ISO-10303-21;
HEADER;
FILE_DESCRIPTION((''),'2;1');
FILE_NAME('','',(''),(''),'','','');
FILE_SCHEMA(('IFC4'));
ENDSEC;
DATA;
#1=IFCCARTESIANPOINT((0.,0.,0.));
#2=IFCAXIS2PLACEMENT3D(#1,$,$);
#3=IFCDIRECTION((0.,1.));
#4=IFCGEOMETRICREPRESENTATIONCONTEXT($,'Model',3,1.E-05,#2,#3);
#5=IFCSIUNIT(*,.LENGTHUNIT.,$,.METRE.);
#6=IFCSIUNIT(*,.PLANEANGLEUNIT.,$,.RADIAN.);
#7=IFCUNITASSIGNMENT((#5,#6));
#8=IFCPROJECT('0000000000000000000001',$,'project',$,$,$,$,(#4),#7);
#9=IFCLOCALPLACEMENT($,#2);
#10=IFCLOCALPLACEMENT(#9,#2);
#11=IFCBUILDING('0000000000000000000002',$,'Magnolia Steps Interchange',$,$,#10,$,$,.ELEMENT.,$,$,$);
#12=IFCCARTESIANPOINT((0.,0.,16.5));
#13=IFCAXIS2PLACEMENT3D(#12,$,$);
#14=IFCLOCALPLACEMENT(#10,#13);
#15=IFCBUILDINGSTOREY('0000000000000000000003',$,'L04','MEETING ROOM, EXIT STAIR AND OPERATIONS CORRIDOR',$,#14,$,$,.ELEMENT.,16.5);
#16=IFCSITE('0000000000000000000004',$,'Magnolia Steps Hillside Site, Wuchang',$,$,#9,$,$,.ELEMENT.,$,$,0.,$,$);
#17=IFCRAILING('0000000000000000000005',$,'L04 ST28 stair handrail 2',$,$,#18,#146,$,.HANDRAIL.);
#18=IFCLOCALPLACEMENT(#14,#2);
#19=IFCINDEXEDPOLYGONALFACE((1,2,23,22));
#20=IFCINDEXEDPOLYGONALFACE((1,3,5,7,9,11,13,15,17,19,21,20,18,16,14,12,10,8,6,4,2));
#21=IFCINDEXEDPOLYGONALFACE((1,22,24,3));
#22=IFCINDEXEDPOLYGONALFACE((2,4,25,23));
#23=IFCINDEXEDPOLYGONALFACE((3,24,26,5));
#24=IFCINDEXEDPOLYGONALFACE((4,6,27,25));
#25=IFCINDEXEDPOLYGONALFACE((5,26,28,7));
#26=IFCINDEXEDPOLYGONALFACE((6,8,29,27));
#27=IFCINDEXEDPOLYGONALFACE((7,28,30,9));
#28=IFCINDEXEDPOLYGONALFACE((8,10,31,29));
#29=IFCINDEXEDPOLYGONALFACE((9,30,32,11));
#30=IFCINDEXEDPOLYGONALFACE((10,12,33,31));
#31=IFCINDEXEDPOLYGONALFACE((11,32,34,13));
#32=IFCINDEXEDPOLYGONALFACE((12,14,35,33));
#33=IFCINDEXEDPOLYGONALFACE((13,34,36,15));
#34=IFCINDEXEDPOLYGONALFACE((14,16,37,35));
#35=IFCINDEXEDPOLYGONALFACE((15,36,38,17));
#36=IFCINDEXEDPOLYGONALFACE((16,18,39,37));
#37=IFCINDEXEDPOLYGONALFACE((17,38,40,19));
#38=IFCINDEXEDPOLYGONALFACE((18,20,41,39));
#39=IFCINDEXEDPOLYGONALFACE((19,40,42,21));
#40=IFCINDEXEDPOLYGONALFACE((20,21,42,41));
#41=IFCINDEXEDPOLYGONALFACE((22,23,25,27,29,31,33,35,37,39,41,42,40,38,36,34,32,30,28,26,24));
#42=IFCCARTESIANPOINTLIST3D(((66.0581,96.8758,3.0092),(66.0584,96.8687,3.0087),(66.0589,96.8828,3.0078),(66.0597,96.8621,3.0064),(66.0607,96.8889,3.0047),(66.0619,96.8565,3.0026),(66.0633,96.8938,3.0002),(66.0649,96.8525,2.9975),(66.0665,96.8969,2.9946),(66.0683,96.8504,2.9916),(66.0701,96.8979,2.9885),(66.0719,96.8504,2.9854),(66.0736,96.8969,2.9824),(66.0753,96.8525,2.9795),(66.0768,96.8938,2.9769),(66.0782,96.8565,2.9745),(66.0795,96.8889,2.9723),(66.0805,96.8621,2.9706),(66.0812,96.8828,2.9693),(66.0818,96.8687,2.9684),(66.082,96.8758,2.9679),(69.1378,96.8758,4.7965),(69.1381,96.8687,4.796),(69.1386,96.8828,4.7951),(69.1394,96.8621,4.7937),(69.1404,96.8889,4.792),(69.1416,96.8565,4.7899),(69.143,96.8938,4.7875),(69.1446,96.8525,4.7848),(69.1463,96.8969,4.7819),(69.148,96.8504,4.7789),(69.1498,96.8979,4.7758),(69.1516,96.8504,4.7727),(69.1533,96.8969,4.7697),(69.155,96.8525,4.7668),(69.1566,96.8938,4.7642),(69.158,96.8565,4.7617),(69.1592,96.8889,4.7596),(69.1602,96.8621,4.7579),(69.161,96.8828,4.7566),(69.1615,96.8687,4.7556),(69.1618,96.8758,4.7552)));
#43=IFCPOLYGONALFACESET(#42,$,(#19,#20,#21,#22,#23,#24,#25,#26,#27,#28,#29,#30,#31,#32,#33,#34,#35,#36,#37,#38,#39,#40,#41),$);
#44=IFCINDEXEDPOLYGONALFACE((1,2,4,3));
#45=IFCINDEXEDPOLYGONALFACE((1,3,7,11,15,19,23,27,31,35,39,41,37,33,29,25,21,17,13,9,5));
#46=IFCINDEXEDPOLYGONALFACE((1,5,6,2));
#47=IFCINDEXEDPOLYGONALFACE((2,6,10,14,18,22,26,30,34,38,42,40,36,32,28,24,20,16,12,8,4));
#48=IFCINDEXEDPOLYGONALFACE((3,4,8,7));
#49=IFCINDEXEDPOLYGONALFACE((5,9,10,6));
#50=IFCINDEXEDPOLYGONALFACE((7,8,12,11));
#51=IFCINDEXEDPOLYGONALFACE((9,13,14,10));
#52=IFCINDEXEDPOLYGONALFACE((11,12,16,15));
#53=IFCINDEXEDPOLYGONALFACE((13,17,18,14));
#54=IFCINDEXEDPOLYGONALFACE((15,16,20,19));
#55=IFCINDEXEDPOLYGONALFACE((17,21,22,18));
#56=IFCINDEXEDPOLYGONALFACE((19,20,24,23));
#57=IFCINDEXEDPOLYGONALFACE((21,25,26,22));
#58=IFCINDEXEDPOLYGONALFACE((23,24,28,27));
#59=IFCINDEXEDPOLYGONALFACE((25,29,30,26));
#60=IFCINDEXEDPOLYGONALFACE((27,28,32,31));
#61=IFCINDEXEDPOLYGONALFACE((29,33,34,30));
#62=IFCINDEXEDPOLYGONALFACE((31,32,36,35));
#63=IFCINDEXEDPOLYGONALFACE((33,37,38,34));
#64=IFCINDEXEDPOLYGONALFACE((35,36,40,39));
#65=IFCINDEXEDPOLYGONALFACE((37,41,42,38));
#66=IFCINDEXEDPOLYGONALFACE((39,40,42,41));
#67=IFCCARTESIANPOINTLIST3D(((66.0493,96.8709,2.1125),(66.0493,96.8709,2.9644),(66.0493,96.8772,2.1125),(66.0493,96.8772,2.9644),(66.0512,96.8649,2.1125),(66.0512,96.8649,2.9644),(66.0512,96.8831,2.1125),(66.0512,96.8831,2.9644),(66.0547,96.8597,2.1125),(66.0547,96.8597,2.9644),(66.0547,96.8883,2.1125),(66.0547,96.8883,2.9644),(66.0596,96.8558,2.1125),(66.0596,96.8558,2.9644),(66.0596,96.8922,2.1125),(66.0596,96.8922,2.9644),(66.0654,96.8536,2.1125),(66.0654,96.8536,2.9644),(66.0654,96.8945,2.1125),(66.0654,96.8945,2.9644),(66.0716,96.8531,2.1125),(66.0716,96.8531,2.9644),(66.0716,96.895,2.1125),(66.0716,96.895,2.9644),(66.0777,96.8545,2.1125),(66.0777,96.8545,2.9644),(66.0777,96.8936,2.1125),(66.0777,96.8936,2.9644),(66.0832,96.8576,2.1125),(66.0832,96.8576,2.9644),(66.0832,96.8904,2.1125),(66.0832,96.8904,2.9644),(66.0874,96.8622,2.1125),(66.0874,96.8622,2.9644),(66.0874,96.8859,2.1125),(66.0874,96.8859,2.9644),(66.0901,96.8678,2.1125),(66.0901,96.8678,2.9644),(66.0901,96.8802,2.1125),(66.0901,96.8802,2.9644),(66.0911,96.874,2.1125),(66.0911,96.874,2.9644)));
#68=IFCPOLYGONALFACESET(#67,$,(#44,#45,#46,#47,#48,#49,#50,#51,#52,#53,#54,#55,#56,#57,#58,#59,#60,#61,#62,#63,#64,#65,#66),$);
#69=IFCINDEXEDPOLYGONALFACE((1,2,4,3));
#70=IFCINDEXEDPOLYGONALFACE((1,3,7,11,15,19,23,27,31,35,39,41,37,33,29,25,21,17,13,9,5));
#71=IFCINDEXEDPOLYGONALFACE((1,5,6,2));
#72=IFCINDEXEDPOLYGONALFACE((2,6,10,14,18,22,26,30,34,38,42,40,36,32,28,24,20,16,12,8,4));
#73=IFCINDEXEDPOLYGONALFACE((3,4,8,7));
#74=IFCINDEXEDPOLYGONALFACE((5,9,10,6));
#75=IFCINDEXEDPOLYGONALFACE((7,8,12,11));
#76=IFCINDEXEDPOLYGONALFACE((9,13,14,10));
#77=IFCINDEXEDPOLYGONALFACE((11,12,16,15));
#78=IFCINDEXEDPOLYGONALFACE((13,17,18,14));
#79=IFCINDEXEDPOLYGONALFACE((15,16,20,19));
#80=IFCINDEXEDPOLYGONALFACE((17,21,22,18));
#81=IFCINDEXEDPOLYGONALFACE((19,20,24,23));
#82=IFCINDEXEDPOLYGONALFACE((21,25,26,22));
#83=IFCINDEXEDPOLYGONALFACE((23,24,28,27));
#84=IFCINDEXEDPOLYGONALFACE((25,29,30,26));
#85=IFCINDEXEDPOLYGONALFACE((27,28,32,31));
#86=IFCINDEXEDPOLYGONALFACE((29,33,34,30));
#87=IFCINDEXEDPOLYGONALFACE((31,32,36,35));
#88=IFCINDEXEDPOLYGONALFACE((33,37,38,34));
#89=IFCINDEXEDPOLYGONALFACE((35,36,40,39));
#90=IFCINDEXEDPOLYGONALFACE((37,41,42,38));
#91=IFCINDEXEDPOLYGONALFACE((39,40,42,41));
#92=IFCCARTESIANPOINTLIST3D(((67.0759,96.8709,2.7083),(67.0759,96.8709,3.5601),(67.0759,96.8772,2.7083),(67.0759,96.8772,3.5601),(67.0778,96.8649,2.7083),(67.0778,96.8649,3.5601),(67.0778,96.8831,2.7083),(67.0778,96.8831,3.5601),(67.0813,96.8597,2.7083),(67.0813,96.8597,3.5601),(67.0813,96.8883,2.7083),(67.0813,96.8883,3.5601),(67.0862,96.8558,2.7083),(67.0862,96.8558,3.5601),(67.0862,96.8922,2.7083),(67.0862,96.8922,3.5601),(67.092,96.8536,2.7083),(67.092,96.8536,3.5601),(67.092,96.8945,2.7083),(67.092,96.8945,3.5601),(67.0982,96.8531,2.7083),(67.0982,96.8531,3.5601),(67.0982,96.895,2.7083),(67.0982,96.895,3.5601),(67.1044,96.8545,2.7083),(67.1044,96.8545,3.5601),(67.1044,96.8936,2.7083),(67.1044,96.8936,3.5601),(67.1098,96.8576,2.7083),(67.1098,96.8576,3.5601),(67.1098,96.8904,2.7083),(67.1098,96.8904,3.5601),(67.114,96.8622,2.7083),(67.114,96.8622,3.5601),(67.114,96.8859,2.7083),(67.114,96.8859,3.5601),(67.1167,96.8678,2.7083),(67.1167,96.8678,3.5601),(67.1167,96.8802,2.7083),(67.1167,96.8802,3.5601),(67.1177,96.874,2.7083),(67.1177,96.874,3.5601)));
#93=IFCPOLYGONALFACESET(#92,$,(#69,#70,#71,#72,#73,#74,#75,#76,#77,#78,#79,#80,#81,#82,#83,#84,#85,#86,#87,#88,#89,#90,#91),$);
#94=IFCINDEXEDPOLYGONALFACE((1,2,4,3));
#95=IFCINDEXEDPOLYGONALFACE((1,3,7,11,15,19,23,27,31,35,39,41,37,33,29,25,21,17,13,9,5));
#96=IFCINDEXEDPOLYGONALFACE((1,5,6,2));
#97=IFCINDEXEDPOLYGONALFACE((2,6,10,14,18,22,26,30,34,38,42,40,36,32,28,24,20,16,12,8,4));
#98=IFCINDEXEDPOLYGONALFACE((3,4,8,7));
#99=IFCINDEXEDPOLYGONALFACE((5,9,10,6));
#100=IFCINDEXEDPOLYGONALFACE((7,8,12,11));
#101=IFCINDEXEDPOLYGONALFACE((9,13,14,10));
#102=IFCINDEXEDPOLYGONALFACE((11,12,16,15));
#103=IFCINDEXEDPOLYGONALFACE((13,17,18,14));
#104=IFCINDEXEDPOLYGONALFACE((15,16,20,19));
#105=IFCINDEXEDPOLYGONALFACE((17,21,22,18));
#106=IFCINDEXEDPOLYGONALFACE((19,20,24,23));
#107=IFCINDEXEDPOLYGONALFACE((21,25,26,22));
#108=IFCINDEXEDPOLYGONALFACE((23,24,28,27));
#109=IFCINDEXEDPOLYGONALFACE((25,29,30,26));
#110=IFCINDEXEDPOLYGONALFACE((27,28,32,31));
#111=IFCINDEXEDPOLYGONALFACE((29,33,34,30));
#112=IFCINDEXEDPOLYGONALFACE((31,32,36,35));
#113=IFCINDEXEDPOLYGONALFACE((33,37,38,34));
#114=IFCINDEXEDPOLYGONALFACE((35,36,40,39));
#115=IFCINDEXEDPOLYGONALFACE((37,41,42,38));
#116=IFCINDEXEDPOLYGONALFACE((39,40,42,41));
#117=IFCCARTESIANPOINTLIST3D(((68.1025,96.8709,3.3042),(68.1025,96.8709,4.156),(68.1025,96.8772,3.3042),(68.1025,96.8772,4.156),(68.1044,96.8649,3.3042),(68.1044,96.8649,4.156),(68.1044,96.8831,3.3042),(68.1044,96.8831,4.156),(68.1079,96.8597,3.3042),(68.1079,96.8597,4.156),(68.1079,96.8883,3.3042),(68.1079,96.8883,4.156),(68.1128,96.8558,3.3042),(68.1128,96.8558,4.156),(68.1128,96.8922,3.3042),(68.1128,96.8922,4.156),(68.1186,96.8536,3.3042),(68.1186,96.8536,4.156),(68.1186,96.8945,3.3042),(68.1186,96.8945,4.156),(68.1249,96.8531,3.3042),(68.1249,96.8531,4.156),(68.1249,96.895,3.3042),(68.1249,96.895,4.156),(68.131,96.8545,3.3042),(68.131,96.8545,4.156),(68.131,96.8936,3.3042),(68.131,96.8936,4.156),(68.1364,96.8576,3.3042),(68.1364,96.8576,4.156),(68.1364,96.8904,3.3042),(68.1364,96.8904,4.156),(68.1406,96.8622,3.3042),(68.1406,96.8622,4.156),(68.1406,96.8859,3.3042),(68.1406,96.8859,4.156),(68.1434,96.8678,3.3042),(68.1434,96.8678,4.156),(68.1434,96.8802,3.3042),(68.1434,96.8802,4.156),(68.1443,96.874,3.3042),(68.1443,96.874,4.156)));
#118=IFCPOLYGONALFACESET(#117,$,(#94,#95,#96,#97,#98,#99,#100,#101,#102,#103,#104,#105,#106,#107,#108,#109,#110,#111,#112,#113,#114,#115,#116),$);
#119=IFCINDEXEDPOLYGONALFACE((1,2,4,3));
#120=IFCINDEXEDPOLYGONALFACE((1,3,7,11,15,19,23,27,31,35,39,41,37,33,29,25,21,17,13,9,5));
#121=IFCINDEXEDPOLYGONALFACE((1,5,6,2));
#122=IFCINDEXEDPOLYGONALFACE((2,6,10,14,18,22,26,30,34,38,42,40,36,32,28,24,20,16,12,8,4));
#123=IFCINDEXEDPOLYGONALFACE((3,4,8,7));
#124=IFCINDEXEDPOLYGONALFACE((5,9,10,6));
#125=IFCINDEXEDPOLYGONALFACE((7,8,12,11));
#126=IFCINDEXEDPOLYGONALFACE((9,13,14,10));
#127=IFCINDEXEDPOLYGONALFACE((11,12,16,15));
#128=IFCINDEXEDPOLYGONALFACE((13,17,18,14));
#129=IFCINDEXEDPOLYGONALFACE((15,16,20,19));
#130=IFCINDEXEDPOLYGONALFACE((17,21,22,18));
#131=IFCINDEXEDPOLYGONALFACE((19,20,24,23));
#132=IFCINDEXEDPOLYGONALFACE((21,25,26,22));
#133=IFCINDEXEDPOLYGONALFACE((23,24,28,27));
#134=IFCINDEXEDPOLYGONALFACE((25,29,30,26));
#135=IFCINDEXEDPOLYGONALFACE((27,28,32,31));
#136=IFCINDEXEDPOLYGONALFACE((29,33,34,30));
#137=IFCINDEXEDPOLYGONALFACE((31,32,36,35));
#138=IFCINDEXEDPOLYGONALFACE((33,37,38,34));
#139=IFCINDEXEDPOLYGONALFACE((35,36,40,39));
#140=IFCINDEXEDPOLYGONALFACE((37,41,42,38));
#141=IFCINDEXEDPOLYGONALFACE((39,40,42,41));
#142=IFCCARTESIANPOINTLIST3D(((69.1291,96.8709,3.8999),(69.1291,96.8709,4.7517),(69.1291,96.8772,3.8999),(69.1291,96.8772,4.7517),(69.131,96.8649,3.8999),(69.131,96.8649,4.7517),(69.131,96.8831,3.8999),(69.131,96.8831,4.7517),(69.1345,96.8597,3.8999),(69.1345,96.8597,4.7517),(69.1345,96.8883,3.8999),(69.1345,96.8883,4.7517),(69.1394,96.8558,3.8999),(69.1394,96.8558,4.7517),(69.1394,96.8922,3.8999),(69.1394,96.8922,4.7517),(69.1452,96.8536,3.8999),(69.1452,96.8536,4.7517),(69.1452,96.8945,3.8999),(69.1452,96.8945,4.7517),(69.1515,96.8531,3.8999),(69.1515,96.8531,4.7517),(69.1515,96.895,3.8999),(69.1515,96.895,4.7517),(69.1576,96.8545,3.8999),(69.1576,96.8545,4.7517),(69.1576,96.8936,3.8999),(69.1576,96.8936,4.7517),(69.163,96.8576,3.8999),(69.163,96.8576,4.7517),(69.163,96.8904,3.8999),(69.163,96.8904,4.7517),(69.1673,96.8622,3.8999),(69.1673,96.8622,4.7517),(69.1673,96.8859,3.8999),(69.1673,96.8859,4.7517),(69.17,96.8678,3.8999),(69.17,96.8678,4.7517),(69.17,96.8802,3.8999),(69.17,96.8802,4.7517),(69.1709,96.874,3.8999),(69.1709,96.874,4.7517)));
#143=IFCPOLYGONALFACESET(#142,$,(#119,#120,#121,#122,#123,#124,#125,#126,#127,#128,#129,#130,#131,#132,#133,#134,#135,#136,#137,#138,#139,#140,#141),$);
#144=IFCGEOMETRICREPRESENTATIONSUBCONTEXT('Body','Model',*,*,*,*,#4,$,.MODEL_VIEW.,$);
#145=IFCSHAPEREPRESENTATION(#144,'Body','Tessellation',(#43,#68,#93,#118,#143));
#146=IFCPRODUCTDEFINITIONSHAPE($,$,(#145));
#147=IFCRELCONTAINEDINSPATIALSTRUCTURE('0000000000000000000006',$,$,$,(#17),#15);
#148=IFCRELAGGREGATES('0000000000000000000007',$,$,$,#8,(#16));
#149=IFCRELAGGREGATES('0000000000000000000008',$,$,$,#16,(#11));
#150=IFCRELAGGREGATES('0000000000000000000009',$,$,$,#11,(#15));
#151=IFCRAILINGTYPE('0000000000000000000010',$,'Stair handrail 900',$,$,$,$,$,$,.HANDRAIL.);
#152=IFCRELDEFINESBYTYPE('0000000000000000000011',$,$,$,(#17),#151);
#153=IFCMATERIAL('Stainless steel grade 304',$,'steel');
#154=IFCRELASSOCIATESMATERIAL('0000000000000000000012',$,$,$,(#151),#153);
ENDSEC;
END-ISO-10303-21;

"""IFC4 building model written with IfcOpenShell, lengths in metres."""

from ifc_helpers import new_model, si_unit, direction, frame, origin, origin_2d, place, context, subcontext, project, spatial, circle, extrude, material, type_object, element, save


model = new_model("IFC4")

# Units and contexts
model_context = context("Model", 3, precision=1e-05, world=origin(), true_north=direction((0.0, 1.0)))
body_context = subcontext(model_context, "Body", "Model", "MODEL_VIEW")
ifc_project = project(units=[si_unit("LENGTHUNIT", "METRE"), si_unit("PLANEANGLEUNIT", "RADIAN")], contexts=[model_context])

# Site, building, storey
site_placement = place(None, origin())
site = spatial("IfcSite", under=ifc_project, at=site_placement, Name="Magnolia Steps Hillside Site, Wuchang", CompositionType="ELEMENT", RefElevation=0.0)
building_placement = place(site_placement, origin())
building = spatial("IfcBuilding", under=site, at=building_placement, Name="Magnolia Steps Interchange", CompositionType="ELEMENT")
storey_placement = place(building_placement, frame((0.0, 0.0, 16.5)))
storey = spatial("IfcBuildingStorey", under=building, at=storey_placement, Name="L04", Description="MEETING ROOM, EXIT STAIR AND OPERATIONS CORRIDOR", CompositionType="ELEMENT", Elevation=16.5)

# Railing
ifc_material_1 = material(Name="Stainless steel grade 304", Category="steel")
railing_type_1 = type_object("IfcRailingType", Name="Stair handrail 900", PredefinedType="HANDRAIL", material=ifc_material_1)
railing_1_placement = place(storey_placement, frame((66.0701, 96.874, 2.1125)))
element("IfcRailing", 1, at=railing_1_placement, inside=storey, type_object=railing_type_1, Name="L04 ST28 stair handrail 2", PredefinedType="HANDRAIL", context=body_context, shape_type="SweptSolid", body=[
    extrude(circle(Radius=0.0239, at=origin_2d()), frame((0.0, 0.0, 0.876), z_axis=(0.864903, 0.0, 0.501939), x_axis=(0.0, 1.0, 0.0)), (0.0, 0.0, 1.0), 3.5608),
    extrude(circle(Radius=0.021, at=origin_2d()), origin(), (0.0, 0.0, 1.0), 0.8518),
    extrude(circle(Radius=0.021, at=origin_2d()), frame((1.0266, 0.0, 0.5957)), (0.0, 0.0, 1.0), 0.8518),
    extrude(circle(Radius=0.021, at=origin_2d()), frame((2.0532, 0.0, 1.1917)), (0.0, 0.0, 1.0), 0.8518),
    extrude(circle(Radius=0.021, at=origin_2d()), frame((3.0798, 0.0, 1.7874)), (0.0, 0.0, 1.0), 0.8518),
])

save(model, "model.ifc")
